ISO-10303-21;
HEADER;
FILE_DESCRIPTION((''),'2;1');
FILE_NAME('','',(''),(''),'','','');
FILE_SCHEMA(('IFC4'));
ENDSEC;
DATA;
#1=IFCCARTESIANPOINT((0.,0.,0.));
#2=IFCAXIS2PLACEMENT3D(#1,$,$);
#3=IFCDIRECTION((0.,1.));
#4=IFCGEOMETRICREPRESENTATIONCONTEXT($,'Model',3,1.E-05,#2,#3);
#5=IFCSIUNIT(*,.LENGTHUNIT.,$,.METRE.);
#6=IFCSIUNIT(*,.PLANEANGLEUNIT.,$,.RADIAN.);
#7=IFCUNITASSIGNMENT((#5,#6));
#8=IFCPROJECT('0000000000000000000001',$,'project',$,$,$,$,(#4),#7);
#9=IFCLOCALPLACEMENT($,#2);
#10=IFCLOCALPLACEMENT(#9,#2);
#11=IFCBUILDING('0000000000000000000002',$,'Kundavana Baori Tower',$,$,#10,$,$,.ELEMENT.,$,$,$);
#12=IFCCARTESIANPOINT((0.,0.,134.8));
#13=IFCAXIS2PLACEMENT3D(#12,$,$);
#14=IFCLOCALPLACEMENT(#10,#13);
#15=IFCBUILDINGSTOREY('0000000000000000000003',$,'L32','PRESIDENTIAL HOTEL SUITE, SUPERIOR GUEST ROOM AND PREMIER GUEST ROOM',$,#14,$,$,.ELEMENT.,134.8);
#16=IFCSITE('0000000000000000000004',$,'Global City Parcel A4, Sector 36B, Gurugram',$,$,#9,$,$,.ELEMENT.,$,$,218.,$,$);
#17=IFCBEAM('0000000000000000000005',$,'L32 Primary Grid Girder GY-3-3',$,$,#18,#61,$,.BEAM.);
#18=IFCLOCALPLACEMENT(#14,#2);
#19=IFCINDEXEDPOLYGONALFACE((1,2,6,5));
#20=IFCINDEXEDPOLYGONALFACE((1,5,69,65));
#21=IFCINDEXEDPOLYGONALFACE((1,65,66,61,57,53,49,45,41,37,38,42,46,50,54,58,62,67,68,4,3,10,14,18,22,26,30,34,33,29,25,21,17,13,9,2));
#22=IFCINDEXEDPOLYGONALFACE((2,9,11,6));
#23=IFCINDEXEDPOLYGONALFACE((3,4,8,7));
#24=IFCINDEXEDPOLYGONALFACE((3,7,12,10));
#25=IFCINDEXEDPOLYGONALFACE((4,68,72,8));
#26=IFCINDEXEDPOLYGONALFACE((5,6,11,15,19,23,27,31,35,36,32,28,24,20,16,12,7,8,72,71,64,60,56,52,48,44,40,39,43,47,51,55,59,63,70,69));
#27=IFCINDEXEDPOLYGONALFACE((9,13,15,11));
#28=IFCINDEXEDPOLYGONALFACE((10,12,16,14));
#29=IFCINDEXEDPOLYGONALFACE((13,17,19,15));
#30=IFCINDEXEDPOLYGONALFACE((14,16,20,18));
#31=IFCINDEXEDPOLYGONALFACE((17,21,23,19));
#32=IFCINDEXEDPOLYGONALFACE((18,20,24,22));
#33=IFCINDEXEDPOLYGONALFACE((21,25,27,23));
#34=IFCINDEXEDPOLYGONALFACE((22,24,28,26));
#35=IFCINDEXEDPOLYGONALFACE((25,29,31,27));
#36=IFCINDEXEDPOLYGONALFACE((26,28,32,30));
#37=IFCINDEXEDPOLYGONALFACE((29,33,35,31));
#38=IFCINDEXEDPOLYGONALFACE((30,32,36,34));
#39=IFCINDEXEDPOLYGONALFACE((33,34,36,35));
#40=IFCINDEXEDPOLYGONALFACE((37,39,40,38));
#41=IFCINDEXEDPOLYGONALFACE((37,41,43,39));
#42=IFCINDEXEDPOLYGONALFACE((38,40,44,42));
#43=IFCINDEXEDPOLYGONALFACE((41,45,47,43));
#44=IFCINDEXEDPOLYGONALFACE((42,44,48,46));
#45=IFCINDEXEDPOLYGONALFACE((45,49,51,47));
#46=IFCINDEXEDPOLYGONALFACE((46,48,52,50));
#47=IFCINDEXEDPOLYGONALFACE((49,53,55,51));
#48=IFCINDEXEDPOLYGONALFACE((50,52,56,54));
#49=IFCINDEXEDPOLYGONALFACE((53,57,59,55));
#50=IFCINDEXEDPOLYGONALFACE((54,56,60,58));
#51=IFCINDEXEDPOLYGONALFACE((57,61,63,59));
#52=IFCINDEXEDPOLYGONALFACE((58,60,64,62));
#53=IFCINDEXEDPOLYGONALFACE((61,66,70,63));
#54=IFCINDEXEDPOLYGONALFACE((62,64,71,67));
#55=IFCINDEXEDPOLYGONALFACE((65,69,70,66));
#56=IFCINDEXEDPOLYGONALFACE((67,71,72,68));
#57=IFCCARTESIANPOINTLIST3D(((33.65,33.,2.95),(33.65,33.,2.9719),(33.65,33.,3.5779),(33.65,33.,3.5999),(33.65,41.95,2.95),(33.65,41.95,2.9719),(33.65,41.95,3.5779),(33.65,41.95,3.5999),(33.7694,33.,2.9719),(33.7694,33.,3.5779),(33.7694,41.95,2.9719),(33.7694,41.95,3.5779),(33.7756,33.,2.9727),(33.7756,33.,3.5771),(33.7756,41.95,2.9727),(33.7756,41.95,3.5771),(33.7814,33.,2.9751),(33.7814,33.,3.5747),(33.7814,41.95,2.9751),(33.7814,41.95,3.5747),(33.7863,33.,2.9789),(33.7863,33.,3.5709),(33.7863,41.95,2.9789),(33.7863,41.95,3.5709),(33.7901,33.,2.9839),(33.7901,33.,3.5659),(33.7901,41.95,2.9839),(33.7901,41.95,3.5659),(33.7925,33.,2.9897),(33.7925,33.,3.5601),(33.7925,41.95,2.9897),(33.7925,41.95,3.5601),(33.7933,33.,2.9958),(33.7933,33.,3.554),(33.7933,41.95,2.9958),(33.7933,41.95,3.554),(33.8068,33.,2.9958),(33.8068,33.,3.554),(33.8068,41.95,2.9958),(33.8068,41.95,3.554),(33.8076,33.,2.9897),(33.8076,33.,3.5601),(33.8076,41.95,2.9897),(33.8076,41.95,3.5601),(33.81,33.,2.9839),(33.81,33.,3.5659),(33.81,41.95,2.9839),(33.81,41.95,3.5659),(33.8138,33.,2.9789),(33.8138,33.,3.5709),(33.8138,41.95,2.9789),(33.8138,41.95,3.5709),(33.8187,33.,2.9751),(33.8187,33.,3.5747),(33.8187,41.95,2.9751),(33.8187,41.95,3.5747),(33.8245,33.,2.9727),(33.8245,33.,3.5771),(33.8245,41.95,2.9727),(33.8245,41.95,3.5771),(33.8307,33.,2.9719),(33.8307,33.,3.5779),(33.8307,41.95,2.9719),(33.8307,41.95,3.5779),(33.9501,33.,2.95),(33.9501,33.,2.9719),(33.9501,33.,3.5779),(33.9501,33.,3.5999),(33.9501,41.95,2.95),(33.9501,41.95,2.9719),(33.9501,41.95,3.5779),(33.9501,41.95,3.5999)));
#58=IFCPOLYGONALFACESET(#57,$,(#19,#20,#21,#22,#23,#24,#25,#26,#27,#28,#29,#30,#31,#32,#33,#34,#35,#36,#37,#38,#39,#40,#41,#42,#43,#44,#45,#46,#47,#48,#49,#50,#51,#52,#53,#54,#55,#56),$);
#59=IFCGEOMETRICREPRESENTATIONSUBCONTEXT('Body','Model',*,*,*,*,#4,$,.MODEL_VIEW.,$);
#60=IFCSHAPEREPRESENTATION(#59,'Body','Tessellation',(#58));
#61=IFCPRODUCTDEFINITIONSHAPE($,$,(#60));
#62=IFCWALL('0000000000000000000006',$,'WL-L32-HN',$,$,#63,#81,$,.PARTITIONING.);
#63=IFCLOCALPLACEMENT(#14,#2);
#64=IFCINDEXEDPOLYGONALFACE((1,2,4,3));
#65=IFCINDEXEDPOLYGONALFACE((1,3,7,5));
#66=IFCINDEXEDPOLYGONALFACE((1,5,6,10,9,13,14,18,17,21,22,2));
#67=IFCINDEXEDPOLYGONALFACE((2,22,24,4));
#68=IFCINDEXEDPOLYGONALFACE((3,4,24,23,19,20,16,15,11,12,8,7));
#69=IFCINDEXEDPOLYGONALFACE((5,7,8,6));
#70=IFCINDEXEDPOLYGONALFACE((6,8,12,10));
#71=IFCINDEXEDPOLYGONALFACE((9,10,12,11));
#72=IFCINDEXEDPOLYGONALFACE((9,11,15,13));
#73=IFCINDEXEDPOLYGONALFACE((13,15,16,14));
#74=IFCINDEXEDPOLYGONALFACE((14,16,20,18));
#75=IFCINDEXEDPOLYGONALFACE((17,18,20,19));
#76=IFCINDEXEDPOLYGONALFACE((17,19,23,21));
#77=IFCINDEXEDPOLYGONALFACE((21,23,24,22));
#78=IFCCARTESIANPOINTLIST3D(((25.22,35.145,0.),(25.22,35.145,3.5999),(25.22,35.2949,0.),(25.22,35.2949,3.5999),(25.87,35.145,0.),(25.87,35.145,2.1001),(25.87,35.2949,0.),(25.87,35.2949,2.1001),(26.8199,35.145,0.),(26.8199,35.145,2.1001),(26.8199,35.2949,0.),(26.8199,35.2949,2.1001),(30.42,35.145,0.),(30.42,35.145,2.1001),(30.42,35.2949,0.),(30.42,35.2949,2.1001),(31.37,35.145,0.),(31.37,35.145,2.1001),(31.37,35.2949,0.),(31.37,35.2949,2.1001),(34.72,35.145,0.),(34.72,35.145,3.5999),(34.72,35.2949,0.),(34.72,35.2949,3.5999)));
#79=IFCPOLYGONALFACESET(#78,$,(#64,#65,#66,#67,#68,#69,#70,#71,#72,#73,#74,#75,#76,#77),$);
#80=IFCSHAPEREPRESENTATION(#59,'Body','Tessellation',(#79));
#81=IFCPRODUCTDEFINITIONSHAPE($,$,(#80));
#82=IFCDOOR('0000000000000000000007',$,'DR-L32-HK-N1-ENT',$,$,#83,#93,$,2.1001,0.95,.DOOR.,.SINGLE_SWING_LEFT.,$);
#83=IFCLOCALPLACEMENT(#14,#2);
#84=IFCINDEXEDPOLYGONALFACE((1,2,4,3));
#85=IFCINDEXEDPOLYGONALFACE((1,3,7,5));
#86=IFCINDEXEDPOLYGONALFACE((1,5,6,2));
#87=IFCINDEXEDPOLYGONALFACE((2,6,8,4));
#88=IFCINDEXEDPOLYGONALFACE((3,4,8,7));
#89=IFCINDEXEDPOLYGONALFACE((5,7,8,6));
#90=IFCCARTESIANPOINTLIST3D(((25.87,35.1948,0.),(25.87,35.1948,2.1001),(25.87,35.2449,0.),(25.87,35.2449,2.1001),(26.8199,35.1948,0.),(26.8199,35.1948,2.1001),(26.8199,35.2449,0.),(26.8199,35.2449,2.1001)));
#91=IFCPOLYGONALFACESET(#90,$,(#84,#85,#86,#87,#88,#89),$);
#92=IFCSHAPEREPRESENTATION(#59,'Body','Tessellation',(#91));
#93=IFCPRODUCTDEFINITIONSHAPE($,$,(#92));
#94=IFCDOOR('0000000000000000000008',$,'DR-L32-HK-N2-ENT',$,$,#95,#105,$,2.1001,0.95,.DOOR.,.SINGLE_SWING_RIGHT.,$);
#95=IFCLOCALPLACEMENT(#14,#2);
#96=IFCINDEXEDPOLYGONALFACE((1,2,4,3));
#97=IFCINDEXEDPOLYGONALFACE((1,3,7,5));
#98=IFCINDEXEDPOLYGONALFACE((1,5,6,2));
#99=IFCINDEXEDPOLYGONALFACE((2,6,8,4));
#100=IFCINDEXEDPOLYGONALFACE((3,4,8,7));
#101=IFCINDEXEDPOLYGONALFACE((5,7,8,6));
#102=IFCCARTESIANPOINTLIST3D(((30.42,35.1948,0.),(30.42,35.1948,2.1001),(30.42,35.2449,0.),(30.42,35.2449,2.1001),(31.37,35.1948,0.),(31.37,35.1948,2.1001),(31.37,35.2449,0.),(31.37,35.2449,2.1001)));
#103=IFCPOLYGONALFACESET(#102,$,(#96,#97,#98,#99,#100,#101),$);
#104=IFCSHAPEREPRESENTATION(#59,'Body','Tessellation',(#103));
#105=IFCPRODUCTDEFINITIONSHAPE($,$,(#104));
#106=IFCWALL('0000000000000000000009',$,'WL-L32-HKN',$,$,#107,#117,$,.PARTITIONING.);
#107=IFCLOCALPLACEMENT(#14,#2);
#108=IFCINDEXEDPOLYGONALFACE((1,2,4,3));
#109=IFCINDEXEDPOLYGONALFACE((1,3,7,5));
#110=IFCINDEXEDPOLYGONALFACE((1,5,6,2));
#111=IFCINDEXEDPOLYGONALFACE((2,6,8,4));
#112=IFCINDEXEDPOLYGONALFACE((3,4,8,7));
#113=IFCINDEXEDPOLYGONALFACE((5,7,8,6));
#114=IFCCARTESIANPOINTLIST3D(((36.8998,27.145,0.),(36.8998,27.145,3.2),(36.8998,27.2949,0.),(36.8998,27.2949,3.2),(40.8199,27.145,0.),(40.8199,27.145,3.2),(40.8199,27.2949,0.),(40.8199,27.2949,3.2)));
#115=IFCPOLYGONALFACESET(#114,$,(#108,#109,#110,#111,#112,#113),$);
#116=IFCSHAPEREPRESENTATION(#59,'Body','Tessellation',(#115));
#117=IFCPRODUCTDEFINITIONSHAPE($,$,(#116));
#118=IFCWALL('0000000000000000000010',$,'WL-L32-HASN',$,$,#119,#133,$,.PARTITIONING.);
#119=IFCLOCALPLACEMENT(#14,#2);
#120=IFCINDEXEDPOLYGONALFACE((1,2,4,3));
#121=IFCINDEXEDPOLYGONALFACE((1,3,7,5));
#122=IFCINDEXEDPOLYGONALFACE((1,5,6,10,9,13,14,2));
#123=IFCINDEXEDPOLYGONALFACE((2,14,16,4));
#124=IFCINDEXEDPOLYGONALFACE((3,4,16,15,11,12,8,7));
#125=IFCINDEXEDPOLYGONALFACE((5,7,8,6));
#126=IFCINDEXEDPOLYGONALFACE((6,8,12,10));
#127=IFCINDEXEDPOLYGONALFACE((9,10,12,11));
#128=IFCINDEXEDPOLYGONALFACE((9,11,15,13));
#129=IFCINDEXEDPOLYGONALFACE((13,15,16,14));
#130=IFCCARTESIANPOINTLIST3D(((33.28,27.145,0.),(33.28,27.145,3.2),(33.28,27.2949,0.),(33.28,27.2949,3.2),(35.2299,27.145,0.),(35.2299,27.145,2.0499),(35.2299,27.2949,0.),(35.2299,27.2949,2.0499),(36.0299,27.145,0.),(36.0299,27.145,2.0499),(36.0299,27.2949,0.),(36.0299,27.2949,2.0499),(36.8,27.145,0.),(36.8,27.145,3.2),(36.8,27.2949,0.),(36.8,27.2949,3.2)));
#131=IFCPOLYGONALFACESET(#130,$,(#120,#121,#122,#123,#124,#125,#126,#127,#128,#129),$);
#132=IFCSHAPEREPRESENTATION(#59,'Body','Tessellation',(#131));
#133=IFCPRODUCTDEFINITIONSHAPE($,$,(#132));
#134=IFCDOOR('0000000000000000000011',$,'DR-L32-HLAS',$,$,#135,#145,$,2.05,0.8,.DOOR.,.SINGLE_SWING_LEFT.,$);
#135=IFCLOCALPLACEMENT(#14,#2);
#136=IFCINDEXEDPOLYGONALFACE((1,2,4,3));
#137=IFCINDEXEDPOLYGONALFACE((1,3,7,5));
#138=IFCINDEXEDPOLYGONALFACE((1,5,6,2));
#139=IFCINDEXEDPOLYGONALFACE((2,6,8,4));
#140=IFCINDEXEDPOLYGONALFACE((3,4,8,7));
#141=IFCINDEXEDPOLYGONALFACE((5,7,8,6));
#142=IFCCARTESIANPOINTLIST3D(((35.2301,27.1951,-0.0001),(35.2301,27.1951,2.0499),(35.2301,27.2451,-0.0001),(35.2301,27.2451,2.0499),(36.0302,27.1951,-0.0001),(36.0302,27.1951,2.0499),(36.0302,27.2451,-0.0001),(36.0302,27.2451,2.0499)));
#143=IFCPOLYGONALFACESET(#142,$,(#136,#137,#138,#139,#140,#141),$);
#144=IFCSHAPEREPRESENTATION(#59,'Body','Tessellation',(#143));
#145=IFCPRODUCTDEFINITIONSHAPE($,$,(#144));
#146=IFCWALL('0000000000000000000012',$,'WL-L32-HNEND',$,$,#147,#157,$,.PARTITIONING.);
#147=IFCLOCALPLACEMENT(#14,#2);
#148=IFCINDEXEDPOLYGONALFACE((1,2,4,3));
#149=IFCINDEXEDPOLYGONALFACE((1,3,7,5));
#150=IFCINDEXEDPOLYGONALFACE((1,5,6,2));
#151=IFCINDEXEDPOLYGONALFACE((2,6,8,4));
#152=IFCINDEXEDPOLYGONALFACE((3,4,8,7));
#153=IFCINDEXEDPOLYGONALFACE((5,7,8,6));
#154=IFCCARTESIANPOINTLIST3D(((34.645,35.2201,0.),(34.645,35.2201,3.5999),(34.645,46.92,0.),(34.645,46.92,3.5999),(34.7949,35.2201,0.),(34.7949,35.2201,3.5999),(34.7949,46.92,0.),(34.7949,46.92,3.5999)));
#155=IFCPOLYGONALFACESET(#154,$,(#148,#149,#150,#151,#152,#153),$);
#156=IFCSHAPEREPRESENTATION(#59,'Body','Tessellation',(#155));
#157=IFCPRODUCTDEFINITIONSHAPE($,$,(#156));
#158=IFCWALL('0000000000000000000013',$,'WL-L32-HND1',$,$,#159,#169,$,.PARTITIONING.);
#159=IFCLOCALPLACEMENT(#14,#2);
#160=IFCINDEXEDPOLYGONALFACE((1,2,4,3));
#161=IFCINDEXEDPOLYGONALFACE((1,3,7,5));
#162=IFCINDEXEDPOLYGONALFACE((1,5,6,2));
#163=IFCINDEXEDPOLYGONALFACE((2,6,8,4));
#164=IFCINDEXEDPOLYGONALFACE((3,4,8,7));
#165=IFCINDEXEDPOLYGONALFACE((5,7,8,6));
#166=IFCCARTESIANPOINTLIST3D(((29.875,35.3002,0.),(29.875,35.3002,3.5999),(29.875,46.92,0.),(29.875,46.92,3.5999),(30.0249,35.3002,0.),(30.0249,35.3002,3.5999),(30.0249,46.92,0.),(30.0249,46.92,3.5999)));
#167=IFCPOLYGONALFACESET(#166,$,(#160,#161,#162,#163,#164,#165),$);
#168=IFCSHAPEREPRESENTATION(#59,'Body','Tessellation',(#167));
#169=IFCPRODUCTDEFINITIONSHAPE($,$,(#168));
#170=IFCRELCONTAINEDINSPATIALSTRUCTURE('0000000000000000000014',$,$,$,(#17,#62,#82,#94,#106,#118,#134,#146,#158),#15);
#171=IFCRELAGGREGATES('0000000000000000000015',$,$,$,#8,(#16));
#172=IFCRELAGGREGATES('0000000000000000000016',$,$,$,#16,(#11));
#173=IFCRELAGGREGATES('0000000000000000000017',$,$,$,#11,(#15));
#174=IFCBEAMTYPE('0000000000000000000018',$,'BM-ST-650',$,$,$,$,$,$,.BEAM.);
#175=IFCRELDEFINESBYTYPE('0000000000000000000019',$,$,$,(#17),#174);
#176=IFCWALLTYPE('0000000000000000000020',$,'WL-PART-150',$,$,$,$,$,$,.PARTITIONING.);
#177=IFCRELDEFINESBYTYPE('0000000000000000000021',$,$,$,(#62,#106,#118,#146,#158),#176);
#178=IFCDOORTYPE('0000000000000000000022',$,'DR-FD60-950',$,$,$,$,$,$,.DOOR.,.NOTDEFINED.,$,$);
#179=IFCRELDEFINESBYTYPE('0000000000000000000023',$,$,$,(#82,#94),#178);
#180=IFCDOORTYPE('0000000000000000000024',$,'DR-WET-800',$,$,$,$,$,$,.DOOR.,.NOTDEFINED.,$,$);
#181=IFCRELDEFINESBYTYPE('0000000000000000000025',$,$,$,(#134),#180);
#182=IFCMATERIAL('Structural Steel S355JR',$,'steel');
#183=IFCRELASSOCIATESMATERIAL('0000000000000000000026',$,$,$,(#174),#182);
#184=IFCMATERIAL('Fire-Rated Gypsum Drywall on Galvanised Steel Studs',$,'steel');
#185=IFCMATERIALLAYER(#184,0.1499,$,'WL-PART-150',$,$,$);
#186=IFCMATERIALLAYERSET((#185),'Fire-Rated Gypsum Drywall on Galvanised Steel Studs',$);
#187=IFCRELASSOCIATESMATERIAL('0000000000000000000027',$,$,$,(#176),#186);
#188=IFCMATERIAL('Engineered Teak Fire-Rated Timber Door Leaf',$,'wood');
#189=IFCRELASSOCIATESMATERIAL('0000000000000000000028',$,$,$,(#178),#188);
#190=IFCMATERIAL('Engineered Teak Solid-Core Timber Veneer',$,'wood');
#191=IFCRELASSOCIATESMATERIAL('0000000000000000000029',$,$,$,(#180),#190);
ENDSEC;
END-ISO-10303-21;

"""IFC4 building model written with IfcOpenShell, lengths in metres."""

from ifc_helpers import new_model, si_unit, direction, frame, frame_2d, origin, origin_2d, place, context, subcontext, project, spatial, rectangle, i_section, extrude, material, layer, layer_set, material_profile, profile_set, type_object, element, fill, save


model = new_model("IFC4")

# Units and contexts
model_context = context("Model", 3, precision=1e-05, world=origin(), true_north=direction((0.0, 1.0)))
body_context = subcontext(model_context, "Body", "Model", "MODEL_VIEW")
ifc_project = project(units=[si_unit("LENGTHUNIT", "METRE"), si_unit("PLANEANGLEUNIT", "RADIAN")], contexts=[model_context])

# Site, building, storey
site_placement = place(None, origin())
site = spatial("IfcSite", under=ifc_project, at=site_placement, Name="Global City Parcel A4, Sector 36B, Gurugram", CompositionType="ELEMENT", RefElevation=218.0)
building_placement = place(site_placement, origin())
building = spatial("IfcBuilding", under=site, at=building_placement, Name="Kundavana Baori Tower", CompositionType="ELEMENT")
storey_placement = place(building_placement, frame((0.0, 0.0, 134.8)))
storey = spatial("IfcBuildingStorey", under=building, at=storey_placement, Name="L32", Description="PRESIDENTIAL HOTEL SUITE, SUPERIOR GUEST ROOM AND PREMIER GUEST ROOM", CompositionType="ELEMENT", Elevation=134.8)

# Beam
ifc_material_1 = material(Name="Structural Steel S355JR", Category="steel")
ifc_material_profile_1 = material_profile(ifc_material_1, i_section(OverallWidth=0.3, OverallDepth=0.6499, WebThickness=0.0134, FlangeThickness=0.022, FilletRadius=0.0239, at=origin_2d()), Name="NPB 650x300x155")
ifc_profile_set_1 = profile_set([ifc_material_profile_1], Name="Structural Steel S355JR")
beam_type_1 = type_object("IfcBeamType", Name="BM-ST-650", PredefinedType="BEAM", material=ifc_profile_set_1)
beam_1_placement = place(storey_placement, frame((33.8, 33.0, 3.2749), z_axis=(0.0, 1.0, 0.0), x_axis=(-1.0, 0.0, 0.0)))
element("IfcBeam", 1, at=beam_1_placement, inside=storey, type_object=beam_type_1, Name="L32 Primary Grid Girder GY-3-3", PredefinedType="BEAM", context=body_context, shape_type="SweptSolid", body=[
    extrude(i_section(OverallWidth=0.3, OverallDepth=0.6499, WebThickness=0.0134, FlangeThickness=0.022, FilletRadius=0.0239, at=origin_2d()), origin(), (0.0, 0.0, 1.0), 8.95),
])

# Wall, openings, doors
ifc_material_2 = material(Name="Fire-Rated Gypsum Drywall on Galvanised Steel Studs", Category="steel")
ifc_layer_1 = layer(ifc_material_2, 0.1499, Name="WL-PART-150")
ifc_layer_set_1 = layer_set([ifc_layer_1], Name="Fire-Rated Gypsum Drywall on Galvanised Steel Studs")
wall_type_1 = type_object("IfcWallType", Name="WL-PART-150", PredefinedType="PARTITIONING", material=ifc_layer_set_1)
wall_1_placement = place(storey_placement, frame((25.22, 35.22, 0.0), z_axis=(0.0, 0.0, 1.0), x_axis=(1.0, 0.0, 0.0)))
wall_1 = element("IfcWall", 2, at=wall_1_placement, inside=storey, type_object=wall_type_1, Name="WL-L32-HN", PredefinedType="PARTITIONING", context=body_context, shape_type="SweptSolid", body=[
    extrude(rectangle(XDim=9.5, YDim=0.1499, at=frame_2d((4.75, 0.0))), origin(), (0.0, 0.0, 1.0), 3.5999),
])
opening_1_placement = place(wall_1_placement, frame((0.6499, 0.0, 0.0)))
opening_1 = element("IfcOpeningElement", 3, at=opening_1_placement, cuts=wall_1, PredefinedType="OPENING", context=body_context, shape_type="SweptSolid", body=[
    extrude(rectangle(XDim=0.95, YDim=2.1001, at=frame_2d((0.4751, 1.05))), frame((0.0, 0.085, 0.0), z_axis=(0.0, -1.0, 0.0), x_axis=(1.0, 0.0, 0.0)), (0.0, 0.0, 1.0), 0.1699),
])
opening_2_placement = place(wall_1_placement, frame((5.2, 0.0, 0.0)))
opening_2 = element("IfcOpeningElement", 4, at=opening_2_placement, cuts=wall_1, PredefinedType="OPENING", context=body_context, shape_type="SweptSolid", body=[
    extrude(rectangle(XDim=0.95, YDim=2.1001, at=frame_2d((0.4751, 1.05))), frame((0.0, 0.085, 0.0), z_axis=(0.0, -1.0, 0.0), x_axis=(1.0, 0.0, 0.0)), (0.0, 0.0, 1.0), 0.1699),
])
ifc_material_3 = material(Name="Engineered Teak Fire-Rated Timber Door Leaf", Category="wood")
door_type_1 = type_object("IfcDoorType", Name="DR-FD60-950", OperationType="NOTDEFINED", PredefinedType="DOOR", material=ifc_material_3)
door_1_placement = place(opening_1_placement, origin())
door_1 = element("IfcDoor", 5, at=door_1_placement, inside=storey, type_object=door_type_1, Name="DR-L32-HK-N1-ENT", OperationType="SINGLE_SWING_LEFT", OverallHeight=2.1001, OverallWidth=0.95, PredefinedType="DOOR", context=body_context, shape_type="SweptSolid", body=[
    extrude(rectangle(XDim=0.95, YDim=2.1001, at=frame_2d((0.4751, 1.05))), frame((0.0, 0.0249, 0.0), z_axis=(0.0, -1.0, 0.0), x_axis=(1.0, 0.0, 0.0)), (0.0, 0.0, 1.0), 0.05),
])
fill(opening_1, door_1)
door_2_placement = place(opening_2_placement, origin())
door_2 = element("IfcDoor", 6, at=door_2_placement, inside=storey, type_object=door_type_1, Name="DR-L32-HK-N2-ENT", OperationType="SINGLE_SWING_RIGHT", OverallHeight=2.1001, OverallWidth=0.95, PredefinedType="DOOR", context=body_context, shape_type="SweptSolid", body=[
    extrude(rectangle(XDim=0.95, YDim=2.1001, at=frame_2d((0.4751, 1.05))), frame((0.0, 0.0249, 0.0), z_axis=(0.0, -1.0, 0.0), x_axis=(1.0, 0.0, 0.0)), (0.0, 0.0, 1.0), 0.05),
])
fill(opening_2, door_2)

# Wall
wall_2_placement = place(storey_placement, frame((36.8999, 27.22, 0.0), z_axis=(0.0, 0.0, 1.0), x_axis=(1.0, 0.0, 0.0)))
element("IfcWall", 7, at=wall_2_placement, inside=storey, type_object=wall_type_1, Name="WL-L32-HKN", PredefinedType="PARTITIONING", context=body_context, shape_type="SweptSolid", body=[
    extrude(rectangle(XDim=3.9202, YDim=0.1499, at=frame_2d((1.96, 0.0))), origin(), (0.0, 0.0, 1.0), 3.2),
])

# Wall, opening, door
wall_3_placement = place(storey_placement, frame((33.28, 27.22, 0.0), z_axis=(0.0, 0.0, 1.0), x_axis=(1.0, 0.0, 0.0)))
wall_3 = element("IfcWall", 8, at=wall_3_placement, inside=storey, type_object=wall_type_1, Name="WL-L32-HASN", PredefinedType="PARTITIONING", context=body_context, shape_type="SweptSolid", body=[
    extrude(rectangle(XDim=3.52, YDim=0.1499, at=frame_2d((1.76, 0.0))), origin(), (0.0, 0.0, 1.0), 3.2),
])
opening_3_placement = place(wall_3_placement, frame((1.95, 0.0, 0.0)))
opening_3 = element("IfcOpeningElement", 9, at=opening_3_placement, cuts=wall_3, PredefinedType="OPENING", context=body_context, shape_type="SweptSolid", body=[
    extrude(rectangle(XDim=0.8, YDim=2.05, at=frame_2d((0.3999, 1.0249))), frame((0.0, 0.085, 0.0), z_axis=(0.0, -1.0, 0.0), x_axis=(1.0, 0.0, 0.0)), (0.0, 0.0, 1.0), 0.1699),
])
ifc_material_4 = material(Name="Engineered Teak Solid-Core Timber Veneer", Category="wood")
door_type_2 = type_object("IfcDoorType", Name="DR-WET-800", OperationType="NOTDEFINED", PredefinedType="DOOR", material=ifc_material_4)
door_3_placement = place(opening_3_placement, frame((0.8, 0.0, 0.0), z_axis=(0.0, 0.0, 1.0), x_axis=(-1.0, 0.0, 0.0)))
door_3 = element("IfcDoor", 10, at=door_3_placement, inside=storey, type_object=door_type_2, Name="DR-L32-HLAS", OperationType="SINGLE_SWING_LEFT", OverallHeight=2.05, OverallWidth=0.8, PredefinedType="DOOR", context=body_context, shape_type="SweptSolid", body=[
    extrude(rectangle(XDim=0.8, YDim=2.05, at=frame_2d((0.3999, 1.0249))), frame((0.0, 0.0249, 0.0), z_axis=(0.0, -1.0, 0.0), x_axis=(1.0, 0.0, 0.0)), (0.0, 0.0, 1.0), 0.05),
])
fill(opening_3, door_3)

# Walls
wall_4_placement = place(storey_placement, frame((34.72, 35.22, 0.0), z_axis=(0.0, 0.0, 1.0), x_axis=(0.0, 1.0, 0.0)))
element("IfcWall", 11, at=wall_4_placement, inside=storey, type_object=wall_type_1, Name="WL-L32-HNEND", PredefinedType="PARTITIONING", context=body_context, shape_type="SweptSolid", body=[
    extrude(rectangle(XDim=11.7, YDim=0.1499, at=frame_2d((5.8501, 0.0))), origin(), (0.0, 0.0, 1.0), 3.5999),
])
wall_5_placement = place(storey_placement, frame((29.95, 35.3, 0.0), z_axis=(0.0, 0.0, 1.0), x_axis=(0.0, 1.0, 0.0)))
element("IfcWall", 12, at=wall_5_placement, inside=storey, type_object=wall_type_1, Name="WL-L32-HND1", PredefinedType="PARTITIONING", context=body_context, shape_type="SweptSolid", body=[
    extrude(rectangle(XDim=11.6199, YDim=0.1499, at=frame_2d((5.8101, 0.0))), origin(), (0.0, 0.0, 1.0), 3.5999),
])

save(model, "model.ifc")
